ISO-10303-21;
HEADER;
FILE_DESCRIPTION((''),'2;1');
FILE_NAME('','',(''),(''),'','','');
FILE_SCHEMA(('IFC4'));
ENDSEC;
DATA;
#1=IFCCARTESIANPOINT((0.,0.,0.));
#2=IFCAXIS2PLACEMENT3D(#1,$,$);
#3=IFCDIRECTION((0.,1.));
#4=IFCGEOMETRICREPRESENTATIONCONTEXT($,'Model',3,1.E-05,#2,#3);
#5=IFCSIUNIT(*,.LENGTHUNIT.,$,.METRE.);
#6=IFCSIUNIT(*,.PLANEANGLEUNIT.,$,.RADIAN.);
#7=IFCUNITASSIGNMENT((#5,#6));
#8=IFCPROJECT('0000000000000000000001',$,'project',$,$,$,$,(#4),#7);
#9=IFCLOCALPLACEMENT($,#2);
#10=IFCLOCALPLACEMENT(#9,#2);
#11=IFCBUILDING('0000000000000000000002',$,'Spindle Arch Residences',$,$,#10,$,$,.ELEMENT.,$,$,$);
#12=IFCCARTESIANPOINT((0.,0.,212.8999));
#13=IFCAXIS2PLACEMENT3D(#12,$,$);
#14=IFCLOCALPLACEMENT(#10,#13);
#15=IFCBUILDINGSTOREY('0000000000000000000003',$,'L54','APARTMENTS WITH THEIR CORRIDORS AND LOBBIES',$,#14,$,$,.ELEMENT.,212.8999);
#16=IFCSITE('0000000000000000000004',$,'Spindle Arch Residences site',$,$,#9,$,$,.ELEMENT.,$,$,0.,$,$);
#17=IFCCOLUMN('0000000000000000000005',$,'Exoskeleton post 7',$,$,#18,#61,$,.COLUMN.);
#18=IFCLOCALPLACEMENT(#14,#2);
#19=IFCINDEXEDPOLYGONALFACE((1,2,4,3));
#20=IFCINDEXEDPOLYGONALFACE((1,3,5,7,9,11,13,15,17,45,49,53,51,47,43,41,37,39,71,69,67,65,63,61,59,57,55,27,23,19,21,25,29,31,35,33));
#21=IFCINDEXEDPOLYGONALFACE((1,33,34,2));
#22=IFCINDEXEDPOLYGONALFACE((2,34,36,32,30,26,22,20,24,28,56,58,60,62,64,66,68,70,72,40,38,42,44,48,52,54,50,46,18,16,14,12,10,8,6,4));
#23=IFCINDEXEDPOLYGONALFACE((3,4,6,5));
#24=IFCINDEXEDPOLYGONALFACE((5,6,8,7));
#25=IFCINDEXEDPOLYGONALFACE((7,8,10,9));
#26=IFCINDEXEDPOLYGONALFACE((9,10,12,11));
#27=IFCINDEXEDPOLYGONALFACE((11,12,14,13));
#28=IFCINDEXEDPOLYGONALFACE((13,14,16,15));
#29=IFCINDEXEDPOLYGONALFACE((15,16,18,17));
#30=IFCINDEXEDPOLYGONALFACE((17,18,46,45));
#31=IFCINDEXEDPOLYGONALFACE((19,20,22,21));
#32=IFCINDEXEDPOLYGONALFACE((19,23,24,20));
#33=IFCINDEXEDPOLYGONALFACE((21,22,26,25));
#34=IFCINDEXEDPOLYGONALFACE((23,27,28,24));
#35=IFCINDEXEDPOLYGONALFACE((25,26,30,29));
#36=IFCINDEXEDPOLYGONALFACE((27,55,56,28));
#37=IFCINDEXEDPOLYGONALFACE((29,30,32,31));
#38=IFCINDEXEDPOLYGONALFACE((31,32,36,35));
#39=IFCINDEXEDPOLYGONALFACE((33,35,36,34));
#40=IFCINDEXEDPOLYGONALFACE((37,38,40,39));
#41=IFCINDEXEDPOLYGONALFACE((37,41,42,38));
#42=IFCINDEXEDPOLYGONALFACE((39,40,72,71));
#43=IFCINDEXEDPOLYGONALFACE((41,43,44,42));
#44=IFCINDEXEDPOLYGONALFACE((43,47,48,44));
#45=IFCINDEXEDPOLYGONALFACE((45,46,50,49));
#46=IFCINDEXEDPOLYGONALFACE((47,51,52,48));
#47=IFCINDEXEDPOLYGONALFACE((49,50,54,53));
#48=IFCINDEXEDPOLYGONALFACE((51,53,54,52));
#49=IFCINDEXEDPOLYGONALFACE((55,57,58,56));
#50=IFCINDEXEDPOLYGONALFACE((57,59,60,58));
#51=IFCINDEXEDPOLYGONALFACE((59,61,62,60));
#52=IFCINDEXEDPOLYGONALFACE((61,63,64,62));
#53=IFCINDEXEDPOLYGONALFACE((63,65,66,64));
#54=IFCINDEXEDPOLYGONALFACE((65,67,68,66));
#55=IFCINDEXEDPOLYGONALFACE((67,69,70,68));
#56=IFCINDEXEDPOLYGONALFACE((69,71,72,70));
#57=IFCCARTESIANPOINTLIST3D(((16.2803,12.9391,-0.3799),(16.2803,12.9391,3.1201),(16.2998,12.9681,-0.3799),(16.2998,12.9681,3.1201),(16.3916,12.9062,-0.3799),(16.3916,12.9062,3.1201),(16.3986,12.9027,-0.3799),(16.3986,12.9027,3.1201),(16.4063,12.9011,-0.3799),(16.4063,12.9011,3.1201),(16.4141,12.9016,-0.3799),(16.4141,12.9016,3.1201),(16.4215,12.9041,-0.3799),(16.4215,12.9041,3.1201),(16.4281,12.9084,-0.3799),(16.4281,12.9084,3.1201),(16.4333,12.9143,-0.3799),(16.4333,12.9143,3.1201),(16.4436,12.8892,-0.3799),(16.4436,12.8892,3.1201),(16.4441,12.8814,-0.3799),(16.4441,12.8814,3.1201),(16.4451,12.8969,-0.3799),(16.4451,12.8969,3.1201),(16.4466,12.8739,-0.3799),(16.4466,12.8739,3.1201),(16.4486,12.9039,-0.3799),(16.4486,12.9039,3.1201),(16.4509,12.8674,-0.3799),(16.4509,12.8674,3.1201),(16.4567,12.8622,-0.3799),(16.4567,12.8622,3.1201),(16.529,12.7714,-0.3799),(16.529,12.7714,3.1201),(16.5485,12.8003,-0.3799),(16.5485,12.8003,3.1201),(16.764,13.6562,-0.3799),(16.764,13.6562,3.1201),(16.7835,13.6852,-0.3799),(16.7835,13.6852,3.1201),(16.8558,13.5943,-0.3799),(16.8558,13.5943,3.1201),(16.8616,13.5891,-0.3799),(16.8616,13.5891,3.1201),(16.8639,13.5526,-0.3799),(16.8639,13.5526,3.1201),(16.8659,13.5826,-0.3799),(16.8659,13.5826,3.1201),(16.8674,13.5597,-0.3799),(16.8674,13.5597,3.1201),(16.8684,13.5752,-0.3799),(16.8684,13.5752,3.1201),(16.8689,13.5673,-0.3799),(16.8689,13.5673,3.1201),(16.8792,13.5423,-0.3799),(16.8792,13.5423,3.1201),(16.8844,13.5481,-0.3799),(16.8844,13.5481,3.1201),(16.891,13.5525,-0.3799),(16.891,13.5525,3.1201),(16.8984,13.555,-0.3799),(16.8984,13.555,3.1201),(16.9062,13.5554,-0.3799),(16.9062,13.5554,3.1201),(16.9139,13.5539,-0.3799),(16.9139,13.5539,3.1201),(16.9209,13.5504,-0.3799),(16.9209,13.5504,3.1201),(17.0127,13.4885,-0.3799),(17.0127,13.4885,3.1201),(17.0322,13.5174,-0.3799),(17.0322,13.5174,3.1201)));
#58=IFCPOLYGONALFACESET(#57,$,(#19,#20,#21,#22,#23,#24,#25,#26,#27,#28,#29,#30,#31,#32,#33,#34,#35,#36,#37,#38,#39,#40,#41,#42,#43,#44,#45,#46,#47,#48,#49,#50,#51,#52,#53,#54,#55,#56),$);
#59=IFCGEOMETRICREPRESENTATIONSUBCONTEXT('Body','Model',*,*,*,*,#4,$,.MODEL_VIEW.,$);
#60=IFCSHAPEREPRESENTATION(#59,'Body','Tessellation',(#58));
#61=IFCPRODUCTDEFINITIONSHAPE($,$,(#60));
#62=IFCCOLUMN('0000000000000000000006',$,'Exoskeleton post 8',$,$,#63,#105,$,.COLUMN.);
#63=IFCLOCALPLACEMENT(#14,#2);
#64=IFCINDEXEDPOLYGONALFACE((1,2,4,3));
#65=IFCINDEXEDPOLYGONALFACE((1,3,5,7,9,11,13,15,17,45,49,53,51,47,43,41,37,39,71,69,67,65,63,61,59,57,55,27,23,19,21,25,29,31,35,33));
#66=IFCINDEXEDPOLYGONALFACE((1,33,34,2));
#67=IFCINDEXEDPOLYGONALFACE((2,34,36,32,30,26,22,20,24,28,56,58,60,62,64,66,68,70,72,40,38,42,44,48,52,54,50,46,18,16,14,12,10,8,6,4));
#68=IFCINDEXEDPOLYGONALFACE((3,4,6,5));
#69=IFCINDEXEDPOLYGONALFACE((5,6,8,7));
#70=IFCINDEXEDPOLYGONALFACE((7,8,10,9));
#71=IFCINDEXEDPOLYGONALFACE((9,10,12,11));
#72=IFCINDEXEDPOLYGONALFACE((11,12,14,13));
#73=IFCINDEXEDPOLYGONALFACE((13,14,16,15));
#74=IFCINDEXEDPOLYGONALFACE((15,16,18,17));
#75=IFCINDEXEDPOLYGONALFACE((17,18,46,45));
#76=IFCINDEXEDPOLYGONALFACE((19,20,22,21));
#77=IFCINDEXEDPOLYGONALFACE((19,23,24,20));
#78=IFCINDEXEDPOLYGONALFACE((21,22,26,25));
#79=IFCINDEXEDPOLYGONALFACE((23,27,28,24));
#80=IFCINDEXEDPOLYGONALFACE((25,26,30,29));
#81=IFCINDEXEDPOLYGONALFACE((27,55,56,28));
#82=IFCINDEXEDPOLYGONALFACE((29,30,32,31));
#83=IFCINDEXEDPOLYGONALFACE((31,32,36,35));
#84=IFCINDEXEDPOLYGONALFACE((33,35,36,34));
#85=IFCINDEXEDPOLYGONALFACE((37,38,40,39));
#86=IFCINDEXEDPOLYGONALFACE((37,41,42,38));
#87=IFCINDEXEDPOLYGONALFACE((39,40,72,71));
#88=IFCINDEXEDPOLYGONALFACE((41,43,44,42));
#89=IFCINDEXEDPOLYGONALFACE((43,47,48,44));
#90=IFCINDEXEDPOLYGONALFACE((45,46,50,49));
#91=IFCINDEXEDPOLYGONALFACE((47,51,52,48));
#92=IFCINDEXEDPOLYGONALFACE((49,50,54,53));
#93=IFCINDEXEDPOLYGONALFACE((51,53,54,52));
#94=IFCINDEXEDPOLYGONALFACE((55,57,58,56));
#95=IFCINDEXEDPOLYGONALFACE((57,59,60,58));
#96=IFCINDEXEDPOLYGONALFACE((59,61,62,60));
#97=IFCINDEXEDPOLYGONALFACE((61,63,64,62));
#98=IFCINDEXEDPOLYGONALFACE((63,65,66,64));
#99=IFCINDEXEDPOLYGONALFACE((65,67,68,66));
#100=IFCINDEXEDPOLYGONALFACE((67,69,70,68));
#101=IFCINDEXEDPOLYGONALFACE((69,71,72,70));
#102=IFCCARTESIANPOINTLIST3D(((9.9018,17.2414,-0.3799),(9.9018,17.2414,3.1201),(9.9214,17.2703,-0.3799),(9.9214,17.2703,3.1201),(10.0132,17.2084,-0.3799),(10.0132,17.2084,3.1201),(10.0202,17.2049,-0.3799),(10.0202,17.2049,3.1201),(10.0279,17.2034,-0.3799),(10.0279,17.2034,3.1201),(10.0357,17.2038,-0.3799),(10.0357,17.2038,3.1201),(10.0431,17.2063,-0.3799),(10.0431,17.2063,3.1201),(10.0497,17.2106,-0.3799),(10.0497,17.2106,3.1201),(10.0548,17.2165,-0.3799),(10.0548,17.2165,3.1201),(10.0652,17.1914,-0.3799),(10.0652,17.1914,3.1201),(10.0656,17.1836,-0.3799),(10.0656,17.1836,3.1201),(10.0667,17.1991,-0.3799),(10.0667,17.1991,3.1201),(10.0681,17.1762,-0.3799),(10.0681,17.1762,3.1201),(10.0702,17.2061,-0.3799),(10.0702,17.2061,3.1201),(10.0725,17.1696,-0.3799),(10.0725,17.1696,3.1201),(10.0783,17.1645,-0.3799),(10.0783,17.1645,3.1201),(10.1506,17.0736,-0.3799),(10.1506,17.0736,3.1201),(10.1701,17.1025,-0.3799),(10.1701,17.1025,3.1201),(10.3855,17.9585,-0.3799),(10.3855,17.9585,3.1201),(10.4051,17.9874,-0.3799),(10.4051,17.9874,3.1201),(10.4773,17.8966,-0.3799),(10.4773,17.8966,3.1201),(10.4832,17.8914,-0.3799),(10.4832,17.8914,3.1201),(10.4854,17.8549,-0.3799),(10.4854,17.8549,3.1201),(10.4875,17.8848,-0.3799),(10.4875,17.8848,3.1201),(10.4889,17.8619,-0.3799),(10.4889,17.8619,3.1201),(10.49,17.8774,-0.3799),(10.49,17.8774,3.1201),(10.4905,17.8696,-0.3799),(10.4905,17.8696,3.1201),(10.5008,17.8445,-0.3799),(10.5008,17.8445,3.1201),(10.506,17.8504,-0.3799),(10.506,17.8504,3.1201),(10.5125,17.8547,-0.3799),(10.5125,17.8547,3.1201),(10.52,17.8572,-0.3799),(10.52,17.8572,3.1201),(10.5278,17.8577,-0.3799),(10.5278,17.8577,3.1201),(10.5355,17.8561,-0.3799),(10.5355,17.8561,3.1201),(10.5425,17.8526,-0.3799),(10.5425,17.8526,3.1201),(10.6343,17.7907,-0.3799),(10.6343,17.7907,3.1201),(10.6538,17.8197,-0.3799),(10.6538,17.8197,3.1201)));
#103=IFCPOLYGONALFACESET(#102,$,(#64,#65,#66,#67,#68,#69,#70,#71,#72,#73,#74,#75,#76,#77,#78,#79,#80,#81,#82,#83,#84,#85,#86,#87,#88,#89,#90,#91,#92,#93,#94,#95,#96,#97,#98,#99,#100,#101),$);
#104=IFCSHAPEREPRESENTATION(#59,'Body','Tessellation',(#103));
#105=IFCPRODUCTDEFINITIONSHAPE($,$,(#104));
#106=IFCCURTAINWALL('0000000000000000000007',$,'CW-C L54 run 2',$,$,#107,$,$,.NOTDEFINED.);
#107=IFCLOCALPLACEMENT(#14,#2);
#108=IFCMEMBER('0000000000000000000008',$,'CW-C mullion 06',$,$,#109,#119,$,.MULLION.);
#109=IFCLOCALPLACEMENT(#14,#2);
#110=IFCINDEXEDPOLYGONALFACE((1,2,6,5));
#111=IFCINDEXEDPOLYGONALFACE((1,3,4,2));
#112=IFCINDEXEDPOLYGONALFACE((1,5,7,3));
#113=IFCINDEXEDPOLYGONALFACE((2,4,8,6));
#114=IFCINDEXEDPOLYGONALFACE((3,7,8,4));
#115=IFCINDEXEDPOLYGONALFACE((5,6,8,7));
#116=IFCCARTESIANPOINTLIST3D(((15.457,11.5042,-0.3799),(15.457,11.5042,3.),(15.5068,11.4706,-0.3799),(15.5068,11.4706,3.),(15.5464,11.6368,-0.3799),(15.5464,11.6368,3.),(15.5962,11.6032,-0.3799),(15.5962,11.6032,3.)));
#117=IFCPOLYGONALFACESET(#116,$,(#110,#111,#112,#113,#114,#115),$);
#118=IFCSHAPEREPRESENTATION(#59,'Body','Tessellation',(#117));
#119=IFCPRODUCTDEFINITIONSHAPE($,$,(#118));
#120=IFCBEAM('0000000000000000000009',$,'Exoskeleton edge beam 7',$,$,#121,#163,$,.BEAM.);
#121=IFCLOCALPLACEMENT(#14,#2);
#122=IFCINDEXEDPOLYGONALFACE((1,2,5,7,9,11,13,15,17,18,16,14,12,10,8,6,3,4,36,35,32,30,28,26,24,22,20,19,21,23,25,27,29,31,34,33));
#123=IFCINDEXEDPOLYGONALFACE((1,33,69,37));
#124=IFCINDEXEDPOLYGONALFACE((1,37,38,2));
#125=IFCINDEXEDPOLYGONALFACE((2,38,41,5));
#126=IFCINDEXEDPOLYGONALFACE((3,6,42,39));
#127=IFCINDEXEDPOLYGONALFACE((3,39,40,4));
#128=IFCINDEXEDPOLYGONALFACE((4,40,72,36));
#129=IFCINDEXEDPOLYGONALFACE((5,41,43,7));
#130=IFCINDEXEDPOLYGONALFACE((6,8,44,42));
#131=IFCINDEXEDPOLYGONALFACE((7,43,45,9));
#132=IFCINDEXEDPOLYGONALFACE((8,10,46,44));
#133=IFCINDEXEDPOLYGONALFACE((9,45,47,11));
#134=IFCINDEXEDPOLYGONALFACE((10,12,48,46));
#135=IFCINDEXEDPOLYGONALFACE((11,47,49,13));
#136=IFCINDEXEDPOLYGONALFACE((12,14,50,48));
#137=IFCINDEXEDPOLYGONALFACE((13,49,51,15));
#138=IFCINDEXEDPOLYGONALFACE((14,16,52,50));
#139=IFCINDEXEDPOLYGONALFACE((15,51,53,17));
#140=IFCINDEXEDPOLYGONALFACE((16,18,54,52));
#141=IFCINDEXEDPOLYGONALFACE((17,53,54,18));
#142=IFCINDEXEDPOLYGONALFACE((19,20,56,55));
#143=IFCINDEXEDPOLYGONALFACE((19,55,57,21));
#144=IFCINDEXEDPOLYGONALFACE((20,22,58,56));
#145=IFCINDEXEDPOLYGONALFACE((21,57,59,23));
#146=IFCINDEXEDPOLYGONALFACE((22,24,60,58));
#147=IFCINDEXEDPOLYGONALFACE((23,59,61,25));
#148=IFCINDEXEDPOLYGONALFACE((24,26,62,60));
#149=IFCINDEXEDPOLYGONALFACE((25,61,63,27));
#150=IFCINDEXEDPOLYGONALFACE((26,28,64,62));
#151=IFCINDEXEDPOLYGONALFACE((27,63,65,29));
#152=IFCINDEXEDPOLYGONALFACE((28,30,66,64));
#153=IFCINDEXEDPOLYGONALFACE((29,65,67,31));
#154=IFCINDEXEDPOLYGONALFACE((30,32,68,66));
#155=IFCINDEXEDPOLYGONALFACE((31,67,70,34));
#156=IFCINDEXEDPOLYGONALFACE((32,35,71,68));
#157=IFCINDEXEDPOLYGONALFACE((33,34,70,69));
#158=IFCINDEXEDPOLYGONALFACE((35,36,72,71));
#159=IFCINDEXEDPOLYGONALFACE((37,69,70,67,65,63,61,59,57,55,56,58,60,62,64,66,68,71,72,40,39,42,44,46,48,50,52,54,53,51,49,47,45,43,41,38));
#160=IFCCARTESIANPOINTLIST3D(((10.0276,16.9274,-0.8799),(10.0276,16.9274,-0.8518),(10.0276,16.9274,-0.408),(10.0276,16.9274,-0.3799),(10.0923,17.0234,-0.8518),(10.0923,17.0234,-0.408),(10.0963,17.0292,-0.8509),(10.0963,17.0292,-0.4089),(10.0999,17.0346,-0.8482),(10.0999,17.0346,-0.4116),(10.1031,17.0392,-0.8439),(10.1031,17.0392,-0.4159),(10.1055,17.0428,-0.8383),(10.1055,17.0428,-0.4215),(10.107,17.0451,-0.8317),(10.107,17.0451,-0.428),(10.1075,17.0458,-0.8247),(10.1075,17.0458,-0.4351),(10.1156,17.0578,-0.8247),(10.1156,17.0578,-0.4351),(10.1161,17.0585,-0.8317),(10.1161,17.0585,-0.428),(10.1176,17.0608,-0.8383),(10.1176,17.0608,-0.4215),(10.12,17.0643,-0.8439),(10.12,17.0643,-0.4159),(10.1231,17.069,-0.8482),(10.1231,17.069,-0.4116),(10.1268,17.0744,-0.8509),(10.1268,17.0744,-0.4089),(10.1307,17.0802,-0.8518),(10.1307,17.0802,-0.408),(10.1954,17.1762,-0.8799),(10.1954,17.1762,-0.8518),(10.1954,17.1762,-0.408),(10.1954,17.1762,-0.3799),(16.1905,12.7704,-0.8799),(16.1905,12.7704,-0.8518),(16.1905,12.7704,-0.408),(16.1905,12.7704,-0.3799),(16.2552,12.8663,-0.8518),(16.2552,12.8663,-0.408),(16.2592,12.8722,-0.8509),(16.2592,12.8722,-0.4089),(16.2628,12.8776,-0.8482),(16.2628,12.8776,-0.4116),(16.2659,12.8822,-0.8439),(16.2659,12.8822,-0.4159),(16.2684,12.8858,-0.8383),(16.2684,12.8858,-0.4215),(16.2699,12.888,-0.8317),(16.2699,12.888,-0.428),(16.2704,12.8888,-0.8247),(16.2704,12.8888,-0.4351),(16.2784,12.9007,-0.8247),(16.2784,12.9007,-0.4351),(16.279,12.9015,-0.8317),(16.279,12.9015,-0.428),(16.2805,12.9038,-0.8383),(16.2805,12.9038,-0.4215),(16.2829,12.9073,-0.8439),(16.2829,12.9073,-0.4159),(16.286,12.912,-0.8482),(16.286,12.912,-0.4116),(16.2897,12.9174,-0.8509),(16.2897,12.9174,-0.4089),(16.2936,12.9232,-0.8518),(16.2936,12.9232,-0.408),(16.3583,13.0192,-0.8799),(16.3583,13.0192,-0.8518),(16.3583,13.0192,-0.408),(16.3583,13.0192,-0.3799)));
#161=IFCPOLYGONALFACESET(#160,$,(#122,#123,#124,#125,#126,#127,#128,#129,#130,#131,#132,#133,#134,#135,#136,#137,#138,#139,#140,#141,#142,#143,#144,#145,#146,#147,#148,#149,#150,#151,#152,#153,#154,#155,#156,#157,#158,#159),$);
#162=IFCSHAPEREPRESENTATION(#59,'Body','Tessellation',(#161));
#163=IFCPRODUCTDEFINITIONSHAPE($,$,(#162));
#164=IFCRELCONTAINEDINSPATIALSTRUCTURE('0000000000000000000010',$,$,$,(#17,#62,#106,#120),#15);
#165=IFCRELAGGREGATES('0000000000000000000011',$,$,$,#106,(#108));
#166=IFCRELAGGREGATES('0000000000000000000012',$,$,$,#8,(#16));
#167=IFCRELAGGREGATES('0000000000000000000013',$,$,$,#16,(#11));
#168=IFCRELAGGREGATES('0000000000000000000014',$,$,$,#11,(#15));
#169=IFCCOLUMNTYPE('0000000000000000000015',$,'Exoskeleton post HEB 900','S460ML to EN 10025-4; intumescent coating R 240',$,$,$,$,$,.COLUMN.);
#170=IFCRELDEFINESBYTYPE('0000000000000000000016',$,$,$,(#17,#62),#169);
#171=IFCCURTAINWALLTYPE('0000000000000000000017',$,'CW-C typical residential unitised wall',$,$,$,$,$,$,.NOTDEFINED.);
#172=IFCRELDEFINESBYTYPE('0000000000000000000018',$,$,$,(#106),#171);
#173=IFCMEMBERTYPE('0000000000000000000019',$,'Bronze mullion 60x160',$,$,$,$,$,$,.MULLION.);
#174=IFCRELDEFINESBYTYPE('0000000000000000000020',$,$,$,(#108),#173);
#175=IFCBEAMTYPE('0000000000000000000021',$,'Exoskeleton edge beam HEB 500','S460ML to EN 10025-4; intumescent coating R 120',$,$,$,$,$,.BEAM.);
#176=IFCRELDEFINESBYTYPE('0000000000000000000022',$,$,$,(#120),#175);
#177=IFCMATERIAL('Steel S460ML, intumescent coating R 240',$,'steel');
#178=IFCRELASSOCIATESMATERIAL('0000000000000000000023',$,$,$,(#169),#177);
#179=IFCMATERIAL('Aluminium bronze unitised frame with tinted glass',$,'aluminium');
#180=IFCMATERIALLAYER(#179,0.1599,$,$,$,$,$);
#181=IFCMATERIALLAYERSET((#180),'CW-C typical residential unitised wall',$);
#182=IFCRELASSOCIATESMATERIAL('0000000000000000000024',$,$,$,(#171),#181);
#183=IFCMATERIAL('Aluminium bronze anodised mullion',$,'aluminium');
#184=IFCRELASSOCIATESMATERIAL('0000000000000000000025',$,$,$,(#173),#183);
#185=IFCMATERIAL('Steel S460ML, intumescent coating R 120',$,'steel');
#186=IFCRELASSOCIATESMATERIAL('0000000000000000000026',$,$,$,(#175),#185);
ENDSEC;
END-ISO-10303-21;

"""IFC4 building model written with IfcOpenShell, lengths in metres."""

from ifc_helpers import new_model, si_unit, direction, frame, origin, origin_2d, place, context, subcontext, project, spatial, rectangle, i_section, extrude, material, layer, layer_set, material_profile, profile_set, type_object, element, aggregate, save


model = new_model("IFC4")

# Units and contexts
model_context = context("Model", 3, precision=1e-05, world=origin(), true_north=direction((0.0, 1.0)))
body_context = subcontext(model_context, "Body", "Model", "MODEL_VIEW")
ifc_project = project(units=[si_unit("LENGTHUNIT", "METRE"), si_unit("PLANEANGLEUNIT", "RADIAN")], contexts=[model_context])

# Site, building, storey
site_placement = place(None, origin())
site = spatial("IfcSite", under=ifc_project, at=site_placement, Name="Spindle Arch Residences site", CompositionType="ELEMENT", RefElevation=0.0)
building_placement = place(site_placement, origin())
building = spatial("IfcBuilding", under=site, at=building_placement, Name="Spindle Arch Residences", CompositionType="ELEMENT")
storey_placement = place(building_placement, frame((0.0, 0.0, 212.8999)))
storey = spatial("IfcBuildingStorey", under=building, at=storey_placement, Name="L54", Description="APARTMENTS WITH THEIR CORRIDORS AND LOBBIES", CompositionType="ELEMENT", Elevation=212.8999)

# Columns
ifc_material_1 = material(Name="Steel S460ML, intumescent coating R 240", Category="steel")
ifc_material_profile_1 = material_profile(ifc_material_1, i_section(OverallWidth=0.3, OverallDepth=0.8999, WebThickness=0.0186, FlangeThickness=0.0349, FilletRadius=0.03, at=origin_2d()), Name="HEB 900")
ifc_profile_set_1 = profile_set([ifc_material_profile_1], Name="Steel S460ML, intumescent coating R 240")
column_type = type_object("IfcColumnType", Name="Exoskeleton post HEB 900", Description="S460ML to EN 10025-4; intumescent coating R 240", PredefinedType="COLUMN", material=ifc_profile_set_1)
for number, where, z_axis, x_axis, name in (
    (1, (16.6562, 13.2283, -0.3799), (0.0, 0.0, 1.0), (0.829038, -0.559193, 0.0), "Exoskeleton post 7"),
    (2, (10.2778, 17.5305, -0.3799), (0.0, 0.0, 1.0), (0.829038, -0.559193, 0.0), "Exoskeleton post 8"),
):
    element("IfcColumn", number, at=place(storey_placement, frame(where, z_axis=z_axis, x_axis=x_axis)), inside=storey, type_object=column_type, Name=name, PredefinedType="COLUMN", context=body_context, shape_type="SweptSolid", body=[
        extrude(i_section(OverallWidth=0.3, OverallDepth=0.8999, WebThickness=0.0186, FlangeThickness=0.0349, FilletRadius=0.03, at=origin_2d()), origin(), (0.0, 0.0, 1.0), 3.5),
    ])

# Curtain wall, member
ifc_material_2 = material(Name="Aluminium bronze unitised frame with tinted glass", Category="aluminium")
ifc_layer_1 = layer(ifc_material_2, 0.1599)
ifc_layer_set_1 = layer_set([ifc_layer_1], Name="CW-C typical residential unitised wall")
curtain_wall_type = type_object("IfcCurtainWallType", Name="CW-C typical residential unitised wall", PredefinedType="NOTDEFINED", material=ifc_layer_set_1)
curtain_wall_placement = place(storey_placement, origin())
curtain_wall = element("IfcCurtainWall", 3, at=curtain_wall_placement, inside=storey, type_object=curtain_wall_type, Name="CW-C L54 run 2", PredefinedType="NOTDEFINED")
ifc_material_3 = material(Name="Aluminium bronze anodised mullion", Category="aluminium")
ifc_material_profile_2 = material_profile(ifc_material_3, rectangle(XDim=0.1599, YDim=0.0601, at=origin_2d()), Name="MU 60x160")
ifc_profile_set_2 = profile_set([ifc_material_profile_2], Name="Aluminium bronze anodised mullion")
member_type = type_object("IfcMemberType", Name="Bronze mullion 60x160", PredefinedType="MULLION", material=ifc_profile_set_2)
member_placement = place(storey_placement, frame((15.5266, 11.5537, -0.3799), z_axis=(0.0, 0.0, 1.0), x_axis=(-0.559193, -0.829038, 0.0)))
member = element("IfcMember", 4, at=member_placement, type_object=member_type, Name="CW-C mullion 06", PredefinedType="MULLION", context=body_context, shape_type="SweptSolid", body=[
    extrude(rectangle(XDim=0.1599, YDim=0.0601, at=origin_2d()), origin(), (0.0, 0.0, 1.0), 3.3799),
])

# Beam
ifc_material_4 = material(Name="Steel S460ML, intumescent coating R 120", Category="steel")
ifc_material_profile_3 = material_profile(ifc_material_4, i_section(OverallWidth=0.3, OverallDepth=0.5, WebThickness=0.0144, FlangeThickness=0.0281, FilletRadius=0.0271, at=origin_2d()), Name="HEB 500")
ifc_profile_set_3 = profile_set([ifc_material_profile_3], Name="Steel S460ML, intumescent coating R 120")
beam_type_1 = type_object("IfcBeamType", Name="Exoskeleton edge beam HEB 500", Description="S460ML to EN 10025-4; intumescent coating R 120", PredefinedType="BEAM", material=ifc_profile_set_3)
beam_1_placement = place(storey_placement, frame((16.2744, 12.8948, -0.6299), z_axis=(-0.829032, 0.559202, 0.0), x_axis=(-0.559202, -0.829032, 0.0)))
element("IfcBeam", 5, at=beam_1_placement, inside=storey, type_object=beam_type_1, Name="Exoskeleton edge beam 7", PredefinedType="BEAM", context=body_context, shape_type="SweptSolid", body=[
    extrude(i_section(OverallWidth=0.3, OverallDepth=0.5, WebThickness=0.0144, FlangeThickness=0.0281, FilletRadius=0.0271, at=origin_2d()), origin(), (0.0, 0.0, 1.0), 7.4338),
])

aggregate(curtain_wall, [member])

save(model, "model.ifc")
